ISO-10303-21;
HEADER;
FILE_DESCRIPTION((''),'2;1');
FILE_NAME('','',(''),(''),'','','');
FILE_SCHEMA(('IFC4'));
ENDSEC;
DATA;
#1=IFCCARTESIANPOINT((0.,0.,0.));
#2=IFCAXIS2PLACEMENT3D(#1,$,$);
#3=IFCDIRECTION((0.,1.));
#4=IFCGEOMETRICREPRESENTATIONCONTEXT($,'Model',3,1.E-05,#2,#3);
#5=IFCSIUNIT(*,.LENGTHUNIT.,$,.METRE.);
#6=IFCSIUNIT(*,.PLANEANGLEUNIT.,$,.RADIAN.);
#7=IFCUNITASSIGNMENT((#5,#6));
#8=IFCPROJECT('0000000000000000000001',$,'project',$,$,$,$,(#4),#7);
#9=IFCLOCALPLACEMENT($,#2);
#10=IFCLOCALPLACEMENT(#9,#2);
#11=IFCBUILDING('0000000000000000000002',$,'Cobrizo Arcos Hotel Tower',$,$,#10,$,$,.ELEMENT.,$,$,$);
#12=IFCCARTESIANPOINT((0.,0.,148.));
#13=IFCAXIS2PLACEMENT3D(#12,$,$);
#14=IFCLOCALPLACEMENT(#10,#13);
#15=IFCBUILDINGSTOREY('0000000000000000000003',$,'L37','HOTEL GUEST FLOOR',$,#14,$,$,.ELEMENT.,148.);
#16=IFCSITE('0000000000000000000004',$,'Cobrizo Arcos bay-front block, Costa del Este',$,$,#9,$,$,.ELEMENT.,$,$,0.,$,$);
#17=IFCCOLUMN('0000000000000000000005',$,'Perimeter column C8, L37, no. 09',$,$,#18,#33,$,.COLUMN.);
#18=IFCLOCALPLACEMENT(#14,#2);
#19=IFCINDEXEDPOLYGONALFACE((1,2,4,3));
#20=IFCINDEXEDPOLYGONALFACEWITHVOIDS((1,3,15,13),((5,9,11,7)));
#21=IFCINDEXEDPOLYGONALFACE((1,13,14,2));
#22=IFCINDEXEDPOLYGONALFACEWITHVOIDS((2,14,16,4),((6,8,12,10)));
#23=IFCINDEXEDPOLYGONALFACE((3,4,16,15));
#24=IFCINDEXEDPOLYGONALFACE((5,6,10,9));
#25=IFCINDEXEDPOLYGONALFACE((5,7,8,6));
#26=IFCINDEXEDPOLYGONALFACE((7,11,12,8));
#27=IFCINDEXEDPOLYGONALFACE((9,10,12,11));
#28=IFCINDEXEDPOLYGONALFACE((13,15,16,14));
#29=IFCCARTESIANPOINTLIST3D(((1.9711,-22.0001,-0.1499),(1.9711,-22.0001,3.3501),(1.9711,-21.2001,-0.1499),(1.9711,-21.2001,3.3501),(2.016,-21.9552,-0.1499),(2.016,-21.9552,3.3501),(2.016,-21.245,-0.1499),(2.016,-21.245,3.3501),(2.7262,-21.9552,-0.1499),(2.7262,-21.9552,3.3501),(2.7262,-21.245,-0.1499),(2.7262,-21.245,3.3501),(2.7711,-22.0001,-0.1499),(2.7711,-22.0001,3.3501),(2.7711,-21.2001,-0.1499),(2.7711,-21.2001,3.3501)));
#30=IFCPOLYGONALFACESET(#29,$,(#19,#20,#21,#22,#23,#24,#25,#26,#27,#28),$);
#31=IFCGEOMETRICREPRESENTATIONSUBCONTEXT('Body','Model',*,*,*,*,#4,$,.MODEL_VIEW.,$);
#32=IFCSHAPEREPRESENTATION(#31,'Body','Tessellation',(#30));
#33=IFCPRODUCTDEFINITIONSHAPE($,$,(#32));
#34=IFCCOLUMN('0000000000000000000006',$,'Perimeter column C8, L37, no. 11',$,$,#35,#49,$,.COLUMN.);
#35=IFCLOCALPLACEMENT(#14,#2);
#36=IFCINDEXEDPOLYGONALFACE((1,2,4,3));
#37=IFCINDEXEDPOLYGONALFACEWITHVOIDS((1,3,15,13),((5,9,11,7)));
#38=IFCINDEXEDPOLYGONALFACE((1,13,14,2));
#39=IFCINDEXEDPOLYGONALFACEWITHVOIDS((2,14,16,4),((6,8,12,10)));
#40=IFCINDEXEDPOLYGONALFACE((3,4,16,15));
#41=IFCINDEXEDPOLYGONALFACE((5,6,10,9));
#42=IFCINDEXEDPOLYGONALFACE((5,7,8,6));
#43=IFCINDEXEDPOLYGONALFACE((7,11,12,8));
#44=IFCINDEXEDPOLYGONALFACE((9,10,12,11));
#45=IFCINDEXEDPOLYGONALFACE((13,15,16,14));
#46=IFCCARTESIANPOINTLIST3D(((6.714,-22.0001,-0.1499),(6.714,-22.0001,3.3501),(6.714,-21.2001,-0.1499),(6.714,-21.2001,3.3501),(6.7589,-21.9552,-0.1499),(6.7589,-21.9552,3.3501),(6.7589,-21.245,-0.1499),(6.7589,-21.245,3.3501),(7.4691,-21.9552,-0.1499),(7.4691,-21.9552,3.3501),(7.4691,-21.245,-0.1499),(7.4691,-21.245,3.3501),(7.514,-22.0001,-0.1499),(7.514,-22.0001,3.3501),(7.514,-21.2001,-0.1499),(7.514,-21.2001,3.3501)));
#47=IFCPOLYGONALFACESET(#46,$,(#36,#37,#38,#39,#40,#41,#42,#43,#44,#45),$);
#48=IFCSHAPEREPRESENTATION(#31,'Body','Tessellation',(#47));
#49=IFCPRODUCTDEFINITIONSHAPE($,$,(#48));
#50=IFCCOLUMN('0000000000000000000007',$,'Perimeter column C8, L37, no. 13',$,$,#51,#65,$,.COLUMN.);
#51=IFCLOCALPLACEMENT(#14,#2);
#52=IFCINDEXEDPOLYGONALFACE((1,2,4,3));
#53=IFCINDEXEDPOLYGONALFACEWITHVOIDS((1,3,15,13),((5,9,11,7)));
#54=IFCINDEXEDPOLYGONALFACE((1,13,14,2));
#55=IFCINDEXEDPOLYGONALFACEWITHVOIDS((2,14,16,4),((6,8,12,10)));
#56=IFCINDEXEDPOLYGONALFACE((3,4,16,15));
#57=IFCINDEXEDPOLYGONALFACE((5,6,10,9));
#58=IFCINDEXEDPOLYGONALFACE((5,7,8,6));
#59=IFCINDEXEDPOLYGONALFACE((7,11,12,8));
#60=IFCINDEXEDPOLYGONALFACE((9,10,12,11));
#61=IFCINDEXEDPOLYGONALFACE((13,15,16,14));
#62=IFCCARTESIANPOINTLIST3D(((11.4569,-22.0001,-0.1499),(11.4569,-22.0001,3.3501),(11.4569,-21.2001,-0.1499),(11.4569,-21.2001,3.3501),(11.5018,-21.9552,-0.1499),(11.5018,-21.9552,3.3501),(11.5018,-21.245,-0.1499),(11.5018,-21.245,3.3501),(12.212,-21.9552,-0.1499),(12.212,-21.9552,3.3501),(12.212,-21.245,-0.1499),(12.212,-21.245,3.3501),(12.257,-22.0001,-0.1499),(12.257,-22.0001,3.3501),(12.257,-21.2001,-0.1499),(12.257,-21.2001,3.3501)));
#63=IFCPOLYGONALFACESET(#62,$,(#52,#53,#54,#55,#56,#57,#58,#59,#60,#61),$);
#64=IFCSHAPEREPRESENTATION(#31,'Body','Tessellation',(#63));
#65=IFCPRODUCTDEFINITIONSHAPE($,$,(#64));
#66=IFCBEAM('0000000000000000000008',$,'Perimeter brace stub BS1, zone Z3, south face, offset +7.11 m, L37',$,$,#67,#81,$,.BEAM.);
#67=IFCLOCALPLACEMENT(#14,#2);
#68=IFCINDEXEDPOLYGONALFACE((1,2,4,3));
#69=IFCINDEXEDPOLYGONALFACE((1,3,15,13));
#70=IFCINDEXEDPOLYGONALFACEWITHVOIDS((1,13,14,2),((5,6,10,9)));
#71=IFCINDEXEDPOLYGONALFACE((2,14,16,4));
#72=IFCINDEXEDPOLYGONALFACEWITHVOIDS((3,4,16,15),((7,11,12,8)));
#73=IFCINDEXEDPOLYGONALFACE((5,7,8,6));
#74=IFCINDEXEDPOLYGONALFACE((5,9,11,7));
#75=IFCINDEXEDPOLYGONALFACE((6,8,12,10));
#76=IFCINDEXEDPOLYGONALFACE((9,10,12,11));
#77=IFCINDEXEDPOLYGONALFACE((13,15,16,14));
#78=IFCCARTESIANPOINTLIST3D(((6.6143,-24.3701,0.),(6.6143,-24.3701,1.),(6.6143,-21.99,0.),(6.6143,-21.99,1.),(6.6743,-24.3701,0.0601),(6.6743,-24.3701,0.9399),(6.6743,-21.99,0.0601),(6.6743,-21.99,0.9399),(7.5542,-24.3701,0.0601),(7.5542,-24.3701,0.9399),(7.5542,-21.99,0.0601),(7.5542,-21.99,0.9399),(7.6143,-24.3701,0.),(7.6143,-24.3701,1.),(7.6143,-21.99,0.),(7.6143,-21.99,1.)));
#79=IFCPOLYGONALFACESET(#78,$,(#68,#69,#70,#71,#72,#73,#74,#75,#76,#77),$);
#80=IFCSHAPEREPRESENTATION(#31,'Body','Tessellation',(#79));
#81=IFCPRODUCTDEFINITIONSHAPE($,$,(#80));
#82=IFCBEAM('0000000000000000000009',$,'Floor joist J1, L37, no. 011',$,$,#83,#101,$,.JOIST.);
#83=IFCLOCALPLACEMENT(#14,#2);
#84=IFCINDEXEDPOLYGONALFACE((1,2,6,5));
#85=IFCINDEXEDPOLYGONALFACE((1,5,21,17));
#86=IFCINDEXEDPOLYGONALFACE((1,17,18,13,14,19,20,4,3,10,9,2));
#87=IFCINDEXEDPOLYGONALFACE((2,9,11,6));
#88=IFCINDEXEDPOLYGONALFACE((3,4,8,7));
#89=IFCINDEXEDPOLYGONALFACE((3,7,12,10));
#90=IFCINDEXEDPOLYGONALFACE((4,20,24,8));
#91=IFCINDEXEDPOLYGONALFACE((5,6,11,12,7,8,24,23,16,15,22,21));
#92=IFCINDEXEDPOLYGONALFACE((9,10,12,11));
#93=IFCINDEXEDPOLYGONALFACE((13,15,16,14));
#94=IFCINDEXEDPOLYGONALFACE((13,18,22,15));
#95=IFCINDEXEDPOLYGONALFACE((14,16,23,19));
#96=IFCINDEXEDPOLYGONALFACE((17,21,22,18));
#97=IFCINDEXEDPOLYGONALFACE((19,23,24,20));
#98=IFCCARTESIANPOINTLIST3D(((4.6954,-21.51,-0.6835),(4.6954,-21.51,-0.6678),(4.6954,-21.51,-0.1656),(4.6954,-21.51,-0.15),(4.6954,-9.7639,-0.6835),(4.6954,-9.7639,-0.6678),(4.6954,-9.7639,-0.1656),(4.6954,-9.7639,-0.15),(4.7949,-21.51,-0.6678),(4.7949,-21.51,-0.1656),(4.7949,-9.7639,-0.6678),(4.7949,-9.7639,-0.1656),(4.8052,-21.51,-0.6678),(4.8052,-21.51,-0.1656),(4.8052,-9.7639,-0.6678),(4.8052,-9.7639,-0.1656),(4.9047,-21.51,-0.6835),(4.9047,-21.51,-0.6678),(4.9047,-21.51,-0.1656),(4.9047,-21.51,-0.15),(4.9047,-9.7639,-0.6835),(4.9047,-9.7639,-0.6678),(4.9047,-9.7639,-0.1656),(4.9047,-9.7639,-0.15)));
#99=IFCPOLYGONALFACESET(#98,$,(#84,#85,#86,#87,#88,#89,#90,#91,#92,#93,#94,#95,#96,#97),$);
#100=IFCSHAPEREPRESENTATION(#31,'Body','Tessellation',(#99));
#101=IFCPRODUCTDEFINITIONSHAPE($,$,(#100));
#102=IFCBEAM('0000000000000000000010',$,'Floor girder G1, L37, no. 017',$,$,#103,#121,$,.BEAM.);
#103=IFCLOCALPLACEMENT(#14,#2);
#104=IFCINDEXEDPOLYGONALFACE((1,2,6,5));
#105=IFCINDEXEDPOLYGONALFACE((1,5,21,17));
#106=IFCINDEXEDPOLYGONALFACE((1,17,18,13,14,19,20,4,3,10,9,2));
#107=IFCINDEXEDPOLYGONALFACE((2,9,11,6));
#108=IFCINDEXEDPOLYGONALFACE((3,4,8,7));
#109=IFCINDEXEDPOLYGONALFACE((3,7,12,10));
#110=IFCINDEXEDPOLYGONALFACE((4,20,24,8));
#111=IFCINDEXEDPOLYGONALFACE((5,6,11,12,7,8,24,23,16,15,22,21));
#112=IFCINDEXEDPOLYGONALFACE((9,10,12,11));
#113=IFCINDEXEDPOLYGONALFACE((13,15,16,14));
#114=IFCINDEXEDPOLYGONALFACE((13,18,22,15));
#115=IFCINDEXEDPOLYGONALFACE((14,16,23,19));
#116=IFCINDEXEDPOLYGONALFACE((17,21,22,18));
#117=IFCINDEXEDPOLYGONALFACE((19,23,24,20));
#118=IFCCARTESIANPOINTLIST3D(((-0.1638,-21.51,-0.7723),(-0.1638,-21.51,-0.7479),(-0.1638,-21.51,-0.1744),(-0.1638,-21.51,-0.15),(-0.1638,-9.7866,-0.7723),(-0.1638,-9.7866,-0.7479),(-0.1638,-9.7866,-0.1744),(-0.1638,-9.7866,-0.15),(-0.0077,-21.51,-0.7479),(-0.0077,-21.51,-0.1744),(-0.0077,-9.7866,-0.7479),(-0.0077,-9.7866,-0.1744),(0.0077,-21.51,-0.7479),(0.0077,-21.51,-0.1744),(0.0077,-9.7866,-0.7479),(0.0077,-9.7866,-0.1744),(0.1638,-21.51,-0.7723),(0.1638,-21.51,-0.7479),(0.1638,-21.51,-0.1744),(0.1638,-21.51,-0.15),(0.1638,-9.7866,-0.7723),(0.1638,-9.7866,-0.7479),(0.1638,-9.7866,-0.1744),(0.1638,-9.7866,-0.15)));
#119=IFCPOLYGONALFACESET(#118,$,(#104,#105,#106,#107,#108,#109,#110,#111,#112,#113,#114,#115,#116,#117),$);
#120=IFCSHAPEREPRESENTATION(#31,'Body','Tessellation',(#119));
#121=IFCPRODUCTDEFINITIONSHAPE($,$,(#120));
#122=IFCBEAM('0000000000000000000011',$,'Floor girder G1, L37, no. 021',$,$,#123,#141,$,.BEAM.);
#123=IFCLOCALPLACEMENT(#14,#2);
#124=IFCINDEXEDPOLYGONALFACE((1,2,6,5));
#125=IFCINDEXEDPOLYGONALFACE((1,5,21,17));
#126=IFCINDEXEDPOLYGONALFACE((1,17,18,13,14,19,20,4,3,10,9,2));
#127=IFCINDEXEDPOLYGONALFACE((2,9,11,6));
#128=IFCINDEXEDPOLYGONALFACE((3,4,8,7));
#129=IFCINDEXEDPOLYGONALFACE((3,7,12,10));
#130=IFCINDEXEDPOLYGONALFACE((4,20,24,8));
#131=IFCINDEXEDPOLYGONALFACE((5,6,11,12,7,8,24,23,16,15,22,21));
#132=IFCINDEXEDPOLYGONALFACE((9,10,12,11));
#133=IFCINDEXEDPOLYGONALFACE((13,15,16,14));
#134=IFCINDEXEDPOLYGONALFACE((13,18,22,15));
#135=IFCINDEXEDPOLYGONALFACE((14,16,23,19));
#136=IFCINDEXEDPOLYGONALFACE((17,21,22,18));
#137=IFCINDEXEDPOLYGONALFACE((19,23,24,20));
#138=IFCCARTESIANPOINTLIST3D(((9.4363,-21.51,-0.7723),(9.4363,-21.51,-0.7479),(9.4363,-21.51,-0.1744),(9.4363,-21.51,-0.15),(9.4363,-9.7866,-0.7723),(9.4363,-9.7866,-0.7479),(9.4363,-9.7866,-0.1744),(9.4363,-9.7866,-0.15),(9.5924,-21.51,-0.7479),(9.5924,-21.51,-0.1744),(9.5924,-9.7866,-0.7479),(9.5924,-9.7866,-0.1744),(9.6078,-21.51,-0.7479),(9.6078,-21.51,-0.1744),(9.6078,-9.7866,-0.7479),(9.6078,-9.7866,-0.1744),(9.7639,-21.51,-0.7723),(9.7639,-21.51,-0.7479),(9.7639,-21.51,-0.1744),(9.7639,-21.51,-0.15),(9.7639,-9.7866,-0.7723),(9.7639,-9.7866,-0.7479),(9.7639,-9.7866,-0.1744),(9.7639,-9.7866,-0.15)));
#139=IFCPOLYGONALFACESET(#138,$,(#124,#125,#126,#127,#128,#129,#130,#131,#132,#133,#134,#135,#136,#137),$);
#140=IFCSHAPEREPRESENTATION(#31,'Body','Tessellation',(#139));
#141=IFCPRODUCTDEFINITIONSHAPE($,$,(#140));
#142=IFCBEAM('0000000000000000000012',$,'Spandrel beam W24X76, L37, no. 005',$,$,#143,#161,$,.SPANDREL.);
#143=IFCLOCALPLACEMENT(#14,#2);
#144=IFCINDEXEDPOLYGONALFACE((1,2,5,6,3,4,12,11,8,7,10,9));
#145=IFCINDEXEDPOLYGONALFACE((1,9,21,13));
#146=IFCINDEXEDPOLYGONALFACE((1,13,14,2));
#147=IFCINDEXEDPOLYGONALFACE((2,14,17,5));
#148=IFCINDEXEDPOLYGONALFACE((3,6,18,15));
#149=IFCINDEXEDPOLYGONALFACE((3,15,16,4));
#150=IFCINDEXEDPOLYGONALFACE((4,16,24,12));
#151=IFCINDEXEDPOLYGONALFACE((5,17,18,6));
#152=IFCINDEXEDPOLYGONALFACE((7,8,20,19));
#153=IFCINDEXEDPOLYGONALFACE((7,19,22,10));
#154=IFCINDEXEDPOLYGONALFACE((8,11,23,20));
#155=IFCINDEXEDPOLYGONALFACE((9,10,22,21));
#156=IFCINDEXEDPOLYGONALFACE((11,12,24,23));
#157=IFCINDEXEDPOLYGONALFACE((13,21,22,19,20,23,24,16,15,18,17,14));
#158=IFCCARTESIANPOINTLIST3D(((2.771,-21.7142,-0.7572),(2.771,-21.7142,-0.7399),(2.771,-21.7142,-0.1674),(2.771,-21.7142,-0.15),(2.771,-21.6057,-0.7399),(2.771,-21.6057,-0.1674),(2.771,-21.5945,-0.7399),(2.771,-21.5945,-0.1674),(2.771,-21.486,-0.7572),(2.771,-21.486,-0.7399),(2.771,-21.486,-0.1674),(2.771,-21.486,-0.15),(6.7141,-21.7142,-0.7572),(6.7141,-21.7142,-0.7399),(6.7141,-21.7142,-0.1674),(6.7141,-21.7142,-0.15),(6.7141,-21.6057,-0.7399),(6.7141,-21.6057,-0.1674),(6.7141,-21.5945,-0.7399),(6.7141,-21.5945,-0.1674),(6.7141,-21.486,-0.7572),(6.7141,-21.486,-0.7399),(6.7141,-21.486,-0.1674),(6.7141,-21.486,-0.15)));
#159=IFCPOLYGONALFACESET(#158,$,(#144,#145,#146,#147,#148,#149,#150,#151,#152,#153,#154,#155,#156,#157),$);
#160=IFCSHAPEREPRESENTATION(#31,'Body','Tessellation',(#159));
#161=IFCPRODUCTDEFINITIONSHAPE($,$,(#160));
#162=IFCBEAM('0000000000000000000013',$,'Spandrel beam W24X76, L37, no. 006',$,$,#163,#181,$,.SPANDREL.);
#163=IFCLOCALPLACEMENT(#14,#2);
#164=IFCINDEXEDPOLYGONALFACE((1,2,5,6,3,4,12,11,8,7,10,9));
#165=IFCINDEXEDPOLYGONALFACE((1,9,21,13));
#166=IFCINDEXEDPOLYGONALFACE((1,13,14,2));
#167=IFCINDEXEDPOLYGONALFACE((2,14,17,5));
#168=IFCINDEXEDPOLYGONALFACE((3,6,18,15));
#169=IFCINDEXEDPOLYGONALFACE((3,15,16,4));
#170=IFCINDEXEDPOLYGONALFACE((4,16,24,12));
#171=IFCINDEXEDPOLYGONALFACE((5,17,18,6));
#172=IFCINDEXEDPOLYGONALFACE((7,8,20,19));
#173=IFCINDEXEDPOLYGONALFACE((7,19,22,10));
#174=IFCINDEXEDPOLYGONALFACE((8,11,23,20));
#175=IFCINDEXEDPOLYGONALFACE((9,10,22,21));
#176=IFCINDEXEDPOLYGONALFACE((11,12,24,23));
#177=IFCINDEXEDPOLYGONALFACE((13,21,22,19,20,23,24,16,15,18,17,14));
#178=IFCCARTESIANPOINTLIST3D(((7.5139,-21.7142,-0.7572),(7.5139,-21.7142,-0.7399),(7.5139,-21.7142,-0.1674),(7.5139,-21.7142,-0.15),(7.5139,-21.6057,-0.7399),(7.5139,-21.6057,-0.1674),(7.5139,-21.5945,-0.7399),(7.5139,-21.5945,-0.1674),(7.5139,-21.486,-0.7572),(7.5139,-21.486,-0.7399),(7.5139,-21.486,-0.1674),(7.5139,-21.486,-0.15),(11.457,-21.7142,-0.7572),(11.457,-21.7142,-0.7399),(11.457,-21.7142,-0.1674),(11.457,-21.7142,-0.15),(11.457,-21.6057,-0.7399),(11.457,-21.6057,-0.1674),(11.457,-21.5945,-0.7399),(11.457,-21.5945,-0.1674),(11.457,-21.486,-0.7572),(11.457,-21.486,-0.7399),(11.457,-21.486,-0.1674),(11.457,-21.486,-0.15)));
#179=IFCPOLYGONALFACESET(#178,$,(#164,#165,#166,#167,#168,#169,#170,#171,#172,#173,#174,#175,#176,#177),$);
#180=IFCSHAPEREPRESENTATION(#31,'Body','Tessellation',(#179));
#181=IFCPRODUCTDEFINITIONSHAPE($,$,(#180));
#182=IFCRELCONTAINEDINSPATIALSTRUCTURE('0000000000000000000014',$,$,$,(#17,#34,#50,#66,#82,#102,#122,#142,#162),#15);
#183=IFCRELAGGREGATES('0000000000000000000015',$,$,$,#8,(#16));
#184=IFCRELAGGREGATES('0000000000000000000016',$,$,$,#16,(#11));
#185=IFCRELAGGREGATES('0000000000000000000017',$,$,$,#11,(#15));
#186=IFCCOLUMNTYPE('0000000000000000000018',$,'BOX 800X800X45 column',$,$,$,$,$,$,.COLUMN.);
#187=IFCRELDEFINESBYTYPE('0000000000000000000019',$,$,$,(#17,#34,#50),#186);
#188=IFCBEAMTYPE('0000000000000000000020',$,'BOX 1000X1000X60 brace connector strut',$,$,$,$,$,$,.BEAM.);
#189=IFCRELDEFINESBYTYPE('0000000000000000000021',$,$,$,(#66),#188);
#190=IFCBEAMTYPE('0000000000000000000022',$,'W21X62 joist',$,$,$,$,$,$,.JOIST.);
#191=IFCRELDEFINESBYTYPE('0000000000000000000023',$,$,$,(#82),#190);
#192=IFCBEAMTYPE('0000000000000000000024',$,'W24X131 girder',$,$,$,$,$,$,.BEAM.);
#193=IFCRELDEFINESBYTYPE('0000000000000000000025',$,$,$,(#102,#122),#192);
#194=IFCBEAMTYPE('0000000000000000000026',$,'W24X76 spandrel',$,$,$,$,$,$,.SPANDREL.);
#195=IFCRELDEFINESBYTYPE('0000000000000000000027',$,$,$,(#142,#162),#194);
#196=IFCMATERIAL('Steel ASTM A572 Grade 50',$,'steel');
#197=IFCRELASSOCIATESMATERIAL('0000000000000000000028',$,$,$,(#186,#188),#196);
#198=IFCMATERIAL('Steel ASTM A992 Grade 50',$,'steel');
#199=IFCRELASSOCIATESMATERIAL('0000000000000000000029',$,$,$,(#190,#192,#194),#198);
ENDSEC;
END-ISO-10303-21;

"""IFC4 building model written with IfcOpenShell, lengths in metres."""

from ifc_helpers import new_model, si_unit, direction, frame, origin, origin_2d, place, context, subcontext, project, spatial, hollow_rectangle, i_section, extrude, material, material_profile, profile_set, type_object, element, save


model = new_model("IFC4")

# Units and contexts
model_context = context("Model", 3, precision=1e-05, world=origin(), true_north=direction((0.0, 1.0)))
body_context = subcontext(model_context, "Body", "Model", "MODEL_VIEW")
ifc_project = project(units=[si_unit("LENGTHUNIT", "METRE"), si_unit("PLANEANGLEUNIT", "RADIAN")], contexts=[model_context])

# Site, building, storey
site_placement = place(None, origin())
site = spatial("IfcSite", under=ifc_project, at=site_placement, Name="Cobrizo Arcos bay-front block, Costa del Este", CompositionType="ELEMENT", RefElevation=0.0)
building_placement = place(site_placement, origin())
building = spatial("IfcBuilding", under=site, at=building_placement, Name="Cobrizo Arcos Hotel Tower", CompositionType="ELEMENT")
storey_placement = place(building_placement, frame((0.0, 0.0, 148.0)))
storey = spatial("IfcBuildingStorey", under=building, at=storey_placement, Name="L37", Description="HOTEL GUEST FLOOR", CompositionType="ELEMENT", Elevation=148.0)

# Columns
ifc_material_1 = material(Name="Steel ASTM A572 Grade 50", Category="steel")
ifc_material_profile_1 = material_profile(ifc_material_1, hollow_rectangle(XDim=0.8, YDim=0.8, WallThickness=0.0449, at=origin_2d()), Name="BOX 800X800X45")
ifc_profile_set_1 = profile_set([ifc_material_profile_1], Name="Steel ASTM A572 Grade 50")
column_type = type_object("IfcColumnType", Name="BOX 800X800X45 column", PredefinedType="COLUMN", material=ifc_profile_set_1)
for number, where, z_axis, x_axis, name in (
    (1, (2.3711, -21.6001, -0.1499), (0.0, 0.0, 1.0), (1.0, 0.0, 0.0), "Perimeter column C8, L37, no. 09"),
    (2, (7.114, -21.6001, -0.1499), (0.0, 0.0, 1.0), (1.0, 0.0, 0.0), "Perimeter column C8, L37, no. 11"),
    (3, (11.8569, -21.6001, -0.1499), (0.0, 0.0, 1.0), (1.0, 0.0, 0.0), "Perimeter column C8, L37, no. 13"),
):
    element("IfcColumn", number, at=place(storey_placement, frame(where, z_axis=z_axis, x_axis=x_axis)), inside=storey, type_object=column_type, Name=name, PredefinedType="COLUMN", context=body_context, shape_type="SweptSolid", body=[
        extrude(hollow_rectangle(XDim=0.8, YDim=0.8, WallThickness=0.0449, at=origin_2d()), origin(), (0.0, 0.0, 1.0), 3.5),
    ])

# Beams
ifc_material_profile_2 = material_profile(ifc_material_1, hollow_rectangle(XDim=1.0, YDim=1.0, WallThickness=0.0601, at=origin_2d()), Name="BOX 1000X1000X60")
ifc_profile_set_2 = profile_set([ifc_material_profile_2], Name="Steel ASTM A572 Grade 50")
beam_type_1 = type_object("IfcBeamType", Name="BOX 1000X1000X60 brace connector strut", PredefinedType="BEAM", material=ifc_profile_set_2)
beam_1_placement = place(storey_placement, frame((7.1143, -21.99, 0.5), z_axis=(0.0, -1.0, 0.0), x_axis=(1.0, 0.0, 0.0)))
element("IfcBeam", 4, at=beam_1_placement, inside=storey, type_object=beam_type_1, Name="Perimeter brace stub BS1, zone Z3, south face, offset +7.11 m, L37", PredefinedType="BEAM", context=body_context, shape_type="SweptSolid", body=[
    extrude(hollow_rectangle(XDim=1.0, YDim=1.0, WallThickness=0.0601, at=origin_2d()), origin(), (0.0, 0.0, 1.0), 2.3801),
])
ifc_material_2 = material(Name="Steel ASTM A992 Grade 50", Category="steel")
ifc_material_profile_3 = material_profile(ifc_material_2, i_section(OverallWidth=0.2092, OverallDepth=0.5334, WebThickness=0.0103, FlangeThickness=0.0156, at=origin_2d()), Name="W21X62")
ifc_profile_set_3 = profile_set([ifc_material_profile_3], Name="Steel ASTM A992 Grade 50")
beam_type_2 = type_object("IfcBeamType", Name="W21X62 joist", PredefinedType="JOIST", material=ifc_profile_set_3)
beam_2_placement = place(storey_placement, frame((4.8, -21.51, -0.4167), z_axis=(0.0, 1.0, 0.0), x_axis=(-1.0, 0.0, 0.0)))
element("IfcBeam", 5, at=beam_2_placement, inside=storey, type_object=beam_type_2, Name="Floor joist J1, L37, no. 011", PredefinedType="JOIST", context=body_context, shape_type="SweptSolid", body=[
    extrude(i_section(OverallWidth=0.2092, OverallDepth=0.5334, WebThickness=0.0103, FlangeThickness=0.0156, at=origin_2d()), origin(), (0.0, 0.0, 1.0), 11.7461),
])
ifc_material_profile_4 = material_profile(ifc_material_2, i_section(OverallWidth=0.3276, OverallDepth=0.6223, WebThickness=0.0154, FlangeThickness=0.0244, at=origin_2d()), Name="W24X131")
ifc_profile_set_4 = profile_set([ifc_material_profile_4], Name="Steel ASTM A992 Grade 50")
beam_type_3 = type_object("IfcBeamType", Name="W24X131 girder", PredefinedType="BEAM", material=ifc_profile_set_4)
for number, where, z_axis, x_axis, name in (
    (6, (0.0, -21.51, -0.4612), (0.0, 1.0, 0.0), (-1.0, 0.0, 0.0), "Floor girder G1, L37, no. 017"),
    (7, (9.6001, -21.51, -0.4612), (0.0, 1.0, 0.0), (-1.0, 0.0, 0.0), "Floor girder G1, L37, no. 021"),
):
    element("IfcBeam", number, at=place(storey_placement, frame(where, z_axis=z_axis, x_axis=x_axis)), inside=storey, type_object=beam_type_3, Name=name, PredefinedType="BEAM", context=body_context, shape_type="SweptSolid", body=[
        extrude(i_section(OverallWidth=0.3276, OverallDepth=0.6223, WebThickness=0.0154, FlangeThickness=0.0244, at=origin_2d()), origin(), (0.0, 0.0, 1.0), 11.7234),
    ])
ifc_material_profile_5 = material_profile(ifc_material_2, i_section(OverallWidth=0.2283, OverallDepth=0.6072, WebThickness=0.0112, FlangeThickness=0.0173, at=origin_2d()), Name="W24X76")
ifc_profile_set_5 = profile_set([ifc_material_profile_5], Name="Steel ASTM A992 Grade 50")
beam_type_4 = type_object("IfcBeamType", Name="W24X76 spandrel", PredefinedType="SPANDREL", material=ifc_profile_set_5)
for number, where, z_axis, x_axis, name in (
    (8, (2.771, -21.6001, -0.4536), (1.0, 0.0, 0.0), (0.0, 1.0, 0.0), "Spandrel beam W24X76, L37, no. 005"),
    (9, (7.5139, -21.6001, -0.4536), (1.0, 0.0, 0.0), (0.0, 1.0, 0.0), "Spandrel beam W24X76, L37, no. 006"),
):
    element("IfcBeam", number, at=place(storey_placement, frame(where, z_axis=z_axis, x_axis=x_axis)), inside=storey, type_object=beam_type_4, Name=name, PredefinedType="SPANDREL", context=body_context, shape_type="SweptSolid", body=[
        extrude(i_section(OverallWidth=0.2283, OverallDepth=0.6072, WebThickness=0.0112, FlangeThickness=0.0173, at=origin_2d()), origin(), (0.0, 0.0, 1.0), 3.9431),
    ])

save(model, "model.ifc")
